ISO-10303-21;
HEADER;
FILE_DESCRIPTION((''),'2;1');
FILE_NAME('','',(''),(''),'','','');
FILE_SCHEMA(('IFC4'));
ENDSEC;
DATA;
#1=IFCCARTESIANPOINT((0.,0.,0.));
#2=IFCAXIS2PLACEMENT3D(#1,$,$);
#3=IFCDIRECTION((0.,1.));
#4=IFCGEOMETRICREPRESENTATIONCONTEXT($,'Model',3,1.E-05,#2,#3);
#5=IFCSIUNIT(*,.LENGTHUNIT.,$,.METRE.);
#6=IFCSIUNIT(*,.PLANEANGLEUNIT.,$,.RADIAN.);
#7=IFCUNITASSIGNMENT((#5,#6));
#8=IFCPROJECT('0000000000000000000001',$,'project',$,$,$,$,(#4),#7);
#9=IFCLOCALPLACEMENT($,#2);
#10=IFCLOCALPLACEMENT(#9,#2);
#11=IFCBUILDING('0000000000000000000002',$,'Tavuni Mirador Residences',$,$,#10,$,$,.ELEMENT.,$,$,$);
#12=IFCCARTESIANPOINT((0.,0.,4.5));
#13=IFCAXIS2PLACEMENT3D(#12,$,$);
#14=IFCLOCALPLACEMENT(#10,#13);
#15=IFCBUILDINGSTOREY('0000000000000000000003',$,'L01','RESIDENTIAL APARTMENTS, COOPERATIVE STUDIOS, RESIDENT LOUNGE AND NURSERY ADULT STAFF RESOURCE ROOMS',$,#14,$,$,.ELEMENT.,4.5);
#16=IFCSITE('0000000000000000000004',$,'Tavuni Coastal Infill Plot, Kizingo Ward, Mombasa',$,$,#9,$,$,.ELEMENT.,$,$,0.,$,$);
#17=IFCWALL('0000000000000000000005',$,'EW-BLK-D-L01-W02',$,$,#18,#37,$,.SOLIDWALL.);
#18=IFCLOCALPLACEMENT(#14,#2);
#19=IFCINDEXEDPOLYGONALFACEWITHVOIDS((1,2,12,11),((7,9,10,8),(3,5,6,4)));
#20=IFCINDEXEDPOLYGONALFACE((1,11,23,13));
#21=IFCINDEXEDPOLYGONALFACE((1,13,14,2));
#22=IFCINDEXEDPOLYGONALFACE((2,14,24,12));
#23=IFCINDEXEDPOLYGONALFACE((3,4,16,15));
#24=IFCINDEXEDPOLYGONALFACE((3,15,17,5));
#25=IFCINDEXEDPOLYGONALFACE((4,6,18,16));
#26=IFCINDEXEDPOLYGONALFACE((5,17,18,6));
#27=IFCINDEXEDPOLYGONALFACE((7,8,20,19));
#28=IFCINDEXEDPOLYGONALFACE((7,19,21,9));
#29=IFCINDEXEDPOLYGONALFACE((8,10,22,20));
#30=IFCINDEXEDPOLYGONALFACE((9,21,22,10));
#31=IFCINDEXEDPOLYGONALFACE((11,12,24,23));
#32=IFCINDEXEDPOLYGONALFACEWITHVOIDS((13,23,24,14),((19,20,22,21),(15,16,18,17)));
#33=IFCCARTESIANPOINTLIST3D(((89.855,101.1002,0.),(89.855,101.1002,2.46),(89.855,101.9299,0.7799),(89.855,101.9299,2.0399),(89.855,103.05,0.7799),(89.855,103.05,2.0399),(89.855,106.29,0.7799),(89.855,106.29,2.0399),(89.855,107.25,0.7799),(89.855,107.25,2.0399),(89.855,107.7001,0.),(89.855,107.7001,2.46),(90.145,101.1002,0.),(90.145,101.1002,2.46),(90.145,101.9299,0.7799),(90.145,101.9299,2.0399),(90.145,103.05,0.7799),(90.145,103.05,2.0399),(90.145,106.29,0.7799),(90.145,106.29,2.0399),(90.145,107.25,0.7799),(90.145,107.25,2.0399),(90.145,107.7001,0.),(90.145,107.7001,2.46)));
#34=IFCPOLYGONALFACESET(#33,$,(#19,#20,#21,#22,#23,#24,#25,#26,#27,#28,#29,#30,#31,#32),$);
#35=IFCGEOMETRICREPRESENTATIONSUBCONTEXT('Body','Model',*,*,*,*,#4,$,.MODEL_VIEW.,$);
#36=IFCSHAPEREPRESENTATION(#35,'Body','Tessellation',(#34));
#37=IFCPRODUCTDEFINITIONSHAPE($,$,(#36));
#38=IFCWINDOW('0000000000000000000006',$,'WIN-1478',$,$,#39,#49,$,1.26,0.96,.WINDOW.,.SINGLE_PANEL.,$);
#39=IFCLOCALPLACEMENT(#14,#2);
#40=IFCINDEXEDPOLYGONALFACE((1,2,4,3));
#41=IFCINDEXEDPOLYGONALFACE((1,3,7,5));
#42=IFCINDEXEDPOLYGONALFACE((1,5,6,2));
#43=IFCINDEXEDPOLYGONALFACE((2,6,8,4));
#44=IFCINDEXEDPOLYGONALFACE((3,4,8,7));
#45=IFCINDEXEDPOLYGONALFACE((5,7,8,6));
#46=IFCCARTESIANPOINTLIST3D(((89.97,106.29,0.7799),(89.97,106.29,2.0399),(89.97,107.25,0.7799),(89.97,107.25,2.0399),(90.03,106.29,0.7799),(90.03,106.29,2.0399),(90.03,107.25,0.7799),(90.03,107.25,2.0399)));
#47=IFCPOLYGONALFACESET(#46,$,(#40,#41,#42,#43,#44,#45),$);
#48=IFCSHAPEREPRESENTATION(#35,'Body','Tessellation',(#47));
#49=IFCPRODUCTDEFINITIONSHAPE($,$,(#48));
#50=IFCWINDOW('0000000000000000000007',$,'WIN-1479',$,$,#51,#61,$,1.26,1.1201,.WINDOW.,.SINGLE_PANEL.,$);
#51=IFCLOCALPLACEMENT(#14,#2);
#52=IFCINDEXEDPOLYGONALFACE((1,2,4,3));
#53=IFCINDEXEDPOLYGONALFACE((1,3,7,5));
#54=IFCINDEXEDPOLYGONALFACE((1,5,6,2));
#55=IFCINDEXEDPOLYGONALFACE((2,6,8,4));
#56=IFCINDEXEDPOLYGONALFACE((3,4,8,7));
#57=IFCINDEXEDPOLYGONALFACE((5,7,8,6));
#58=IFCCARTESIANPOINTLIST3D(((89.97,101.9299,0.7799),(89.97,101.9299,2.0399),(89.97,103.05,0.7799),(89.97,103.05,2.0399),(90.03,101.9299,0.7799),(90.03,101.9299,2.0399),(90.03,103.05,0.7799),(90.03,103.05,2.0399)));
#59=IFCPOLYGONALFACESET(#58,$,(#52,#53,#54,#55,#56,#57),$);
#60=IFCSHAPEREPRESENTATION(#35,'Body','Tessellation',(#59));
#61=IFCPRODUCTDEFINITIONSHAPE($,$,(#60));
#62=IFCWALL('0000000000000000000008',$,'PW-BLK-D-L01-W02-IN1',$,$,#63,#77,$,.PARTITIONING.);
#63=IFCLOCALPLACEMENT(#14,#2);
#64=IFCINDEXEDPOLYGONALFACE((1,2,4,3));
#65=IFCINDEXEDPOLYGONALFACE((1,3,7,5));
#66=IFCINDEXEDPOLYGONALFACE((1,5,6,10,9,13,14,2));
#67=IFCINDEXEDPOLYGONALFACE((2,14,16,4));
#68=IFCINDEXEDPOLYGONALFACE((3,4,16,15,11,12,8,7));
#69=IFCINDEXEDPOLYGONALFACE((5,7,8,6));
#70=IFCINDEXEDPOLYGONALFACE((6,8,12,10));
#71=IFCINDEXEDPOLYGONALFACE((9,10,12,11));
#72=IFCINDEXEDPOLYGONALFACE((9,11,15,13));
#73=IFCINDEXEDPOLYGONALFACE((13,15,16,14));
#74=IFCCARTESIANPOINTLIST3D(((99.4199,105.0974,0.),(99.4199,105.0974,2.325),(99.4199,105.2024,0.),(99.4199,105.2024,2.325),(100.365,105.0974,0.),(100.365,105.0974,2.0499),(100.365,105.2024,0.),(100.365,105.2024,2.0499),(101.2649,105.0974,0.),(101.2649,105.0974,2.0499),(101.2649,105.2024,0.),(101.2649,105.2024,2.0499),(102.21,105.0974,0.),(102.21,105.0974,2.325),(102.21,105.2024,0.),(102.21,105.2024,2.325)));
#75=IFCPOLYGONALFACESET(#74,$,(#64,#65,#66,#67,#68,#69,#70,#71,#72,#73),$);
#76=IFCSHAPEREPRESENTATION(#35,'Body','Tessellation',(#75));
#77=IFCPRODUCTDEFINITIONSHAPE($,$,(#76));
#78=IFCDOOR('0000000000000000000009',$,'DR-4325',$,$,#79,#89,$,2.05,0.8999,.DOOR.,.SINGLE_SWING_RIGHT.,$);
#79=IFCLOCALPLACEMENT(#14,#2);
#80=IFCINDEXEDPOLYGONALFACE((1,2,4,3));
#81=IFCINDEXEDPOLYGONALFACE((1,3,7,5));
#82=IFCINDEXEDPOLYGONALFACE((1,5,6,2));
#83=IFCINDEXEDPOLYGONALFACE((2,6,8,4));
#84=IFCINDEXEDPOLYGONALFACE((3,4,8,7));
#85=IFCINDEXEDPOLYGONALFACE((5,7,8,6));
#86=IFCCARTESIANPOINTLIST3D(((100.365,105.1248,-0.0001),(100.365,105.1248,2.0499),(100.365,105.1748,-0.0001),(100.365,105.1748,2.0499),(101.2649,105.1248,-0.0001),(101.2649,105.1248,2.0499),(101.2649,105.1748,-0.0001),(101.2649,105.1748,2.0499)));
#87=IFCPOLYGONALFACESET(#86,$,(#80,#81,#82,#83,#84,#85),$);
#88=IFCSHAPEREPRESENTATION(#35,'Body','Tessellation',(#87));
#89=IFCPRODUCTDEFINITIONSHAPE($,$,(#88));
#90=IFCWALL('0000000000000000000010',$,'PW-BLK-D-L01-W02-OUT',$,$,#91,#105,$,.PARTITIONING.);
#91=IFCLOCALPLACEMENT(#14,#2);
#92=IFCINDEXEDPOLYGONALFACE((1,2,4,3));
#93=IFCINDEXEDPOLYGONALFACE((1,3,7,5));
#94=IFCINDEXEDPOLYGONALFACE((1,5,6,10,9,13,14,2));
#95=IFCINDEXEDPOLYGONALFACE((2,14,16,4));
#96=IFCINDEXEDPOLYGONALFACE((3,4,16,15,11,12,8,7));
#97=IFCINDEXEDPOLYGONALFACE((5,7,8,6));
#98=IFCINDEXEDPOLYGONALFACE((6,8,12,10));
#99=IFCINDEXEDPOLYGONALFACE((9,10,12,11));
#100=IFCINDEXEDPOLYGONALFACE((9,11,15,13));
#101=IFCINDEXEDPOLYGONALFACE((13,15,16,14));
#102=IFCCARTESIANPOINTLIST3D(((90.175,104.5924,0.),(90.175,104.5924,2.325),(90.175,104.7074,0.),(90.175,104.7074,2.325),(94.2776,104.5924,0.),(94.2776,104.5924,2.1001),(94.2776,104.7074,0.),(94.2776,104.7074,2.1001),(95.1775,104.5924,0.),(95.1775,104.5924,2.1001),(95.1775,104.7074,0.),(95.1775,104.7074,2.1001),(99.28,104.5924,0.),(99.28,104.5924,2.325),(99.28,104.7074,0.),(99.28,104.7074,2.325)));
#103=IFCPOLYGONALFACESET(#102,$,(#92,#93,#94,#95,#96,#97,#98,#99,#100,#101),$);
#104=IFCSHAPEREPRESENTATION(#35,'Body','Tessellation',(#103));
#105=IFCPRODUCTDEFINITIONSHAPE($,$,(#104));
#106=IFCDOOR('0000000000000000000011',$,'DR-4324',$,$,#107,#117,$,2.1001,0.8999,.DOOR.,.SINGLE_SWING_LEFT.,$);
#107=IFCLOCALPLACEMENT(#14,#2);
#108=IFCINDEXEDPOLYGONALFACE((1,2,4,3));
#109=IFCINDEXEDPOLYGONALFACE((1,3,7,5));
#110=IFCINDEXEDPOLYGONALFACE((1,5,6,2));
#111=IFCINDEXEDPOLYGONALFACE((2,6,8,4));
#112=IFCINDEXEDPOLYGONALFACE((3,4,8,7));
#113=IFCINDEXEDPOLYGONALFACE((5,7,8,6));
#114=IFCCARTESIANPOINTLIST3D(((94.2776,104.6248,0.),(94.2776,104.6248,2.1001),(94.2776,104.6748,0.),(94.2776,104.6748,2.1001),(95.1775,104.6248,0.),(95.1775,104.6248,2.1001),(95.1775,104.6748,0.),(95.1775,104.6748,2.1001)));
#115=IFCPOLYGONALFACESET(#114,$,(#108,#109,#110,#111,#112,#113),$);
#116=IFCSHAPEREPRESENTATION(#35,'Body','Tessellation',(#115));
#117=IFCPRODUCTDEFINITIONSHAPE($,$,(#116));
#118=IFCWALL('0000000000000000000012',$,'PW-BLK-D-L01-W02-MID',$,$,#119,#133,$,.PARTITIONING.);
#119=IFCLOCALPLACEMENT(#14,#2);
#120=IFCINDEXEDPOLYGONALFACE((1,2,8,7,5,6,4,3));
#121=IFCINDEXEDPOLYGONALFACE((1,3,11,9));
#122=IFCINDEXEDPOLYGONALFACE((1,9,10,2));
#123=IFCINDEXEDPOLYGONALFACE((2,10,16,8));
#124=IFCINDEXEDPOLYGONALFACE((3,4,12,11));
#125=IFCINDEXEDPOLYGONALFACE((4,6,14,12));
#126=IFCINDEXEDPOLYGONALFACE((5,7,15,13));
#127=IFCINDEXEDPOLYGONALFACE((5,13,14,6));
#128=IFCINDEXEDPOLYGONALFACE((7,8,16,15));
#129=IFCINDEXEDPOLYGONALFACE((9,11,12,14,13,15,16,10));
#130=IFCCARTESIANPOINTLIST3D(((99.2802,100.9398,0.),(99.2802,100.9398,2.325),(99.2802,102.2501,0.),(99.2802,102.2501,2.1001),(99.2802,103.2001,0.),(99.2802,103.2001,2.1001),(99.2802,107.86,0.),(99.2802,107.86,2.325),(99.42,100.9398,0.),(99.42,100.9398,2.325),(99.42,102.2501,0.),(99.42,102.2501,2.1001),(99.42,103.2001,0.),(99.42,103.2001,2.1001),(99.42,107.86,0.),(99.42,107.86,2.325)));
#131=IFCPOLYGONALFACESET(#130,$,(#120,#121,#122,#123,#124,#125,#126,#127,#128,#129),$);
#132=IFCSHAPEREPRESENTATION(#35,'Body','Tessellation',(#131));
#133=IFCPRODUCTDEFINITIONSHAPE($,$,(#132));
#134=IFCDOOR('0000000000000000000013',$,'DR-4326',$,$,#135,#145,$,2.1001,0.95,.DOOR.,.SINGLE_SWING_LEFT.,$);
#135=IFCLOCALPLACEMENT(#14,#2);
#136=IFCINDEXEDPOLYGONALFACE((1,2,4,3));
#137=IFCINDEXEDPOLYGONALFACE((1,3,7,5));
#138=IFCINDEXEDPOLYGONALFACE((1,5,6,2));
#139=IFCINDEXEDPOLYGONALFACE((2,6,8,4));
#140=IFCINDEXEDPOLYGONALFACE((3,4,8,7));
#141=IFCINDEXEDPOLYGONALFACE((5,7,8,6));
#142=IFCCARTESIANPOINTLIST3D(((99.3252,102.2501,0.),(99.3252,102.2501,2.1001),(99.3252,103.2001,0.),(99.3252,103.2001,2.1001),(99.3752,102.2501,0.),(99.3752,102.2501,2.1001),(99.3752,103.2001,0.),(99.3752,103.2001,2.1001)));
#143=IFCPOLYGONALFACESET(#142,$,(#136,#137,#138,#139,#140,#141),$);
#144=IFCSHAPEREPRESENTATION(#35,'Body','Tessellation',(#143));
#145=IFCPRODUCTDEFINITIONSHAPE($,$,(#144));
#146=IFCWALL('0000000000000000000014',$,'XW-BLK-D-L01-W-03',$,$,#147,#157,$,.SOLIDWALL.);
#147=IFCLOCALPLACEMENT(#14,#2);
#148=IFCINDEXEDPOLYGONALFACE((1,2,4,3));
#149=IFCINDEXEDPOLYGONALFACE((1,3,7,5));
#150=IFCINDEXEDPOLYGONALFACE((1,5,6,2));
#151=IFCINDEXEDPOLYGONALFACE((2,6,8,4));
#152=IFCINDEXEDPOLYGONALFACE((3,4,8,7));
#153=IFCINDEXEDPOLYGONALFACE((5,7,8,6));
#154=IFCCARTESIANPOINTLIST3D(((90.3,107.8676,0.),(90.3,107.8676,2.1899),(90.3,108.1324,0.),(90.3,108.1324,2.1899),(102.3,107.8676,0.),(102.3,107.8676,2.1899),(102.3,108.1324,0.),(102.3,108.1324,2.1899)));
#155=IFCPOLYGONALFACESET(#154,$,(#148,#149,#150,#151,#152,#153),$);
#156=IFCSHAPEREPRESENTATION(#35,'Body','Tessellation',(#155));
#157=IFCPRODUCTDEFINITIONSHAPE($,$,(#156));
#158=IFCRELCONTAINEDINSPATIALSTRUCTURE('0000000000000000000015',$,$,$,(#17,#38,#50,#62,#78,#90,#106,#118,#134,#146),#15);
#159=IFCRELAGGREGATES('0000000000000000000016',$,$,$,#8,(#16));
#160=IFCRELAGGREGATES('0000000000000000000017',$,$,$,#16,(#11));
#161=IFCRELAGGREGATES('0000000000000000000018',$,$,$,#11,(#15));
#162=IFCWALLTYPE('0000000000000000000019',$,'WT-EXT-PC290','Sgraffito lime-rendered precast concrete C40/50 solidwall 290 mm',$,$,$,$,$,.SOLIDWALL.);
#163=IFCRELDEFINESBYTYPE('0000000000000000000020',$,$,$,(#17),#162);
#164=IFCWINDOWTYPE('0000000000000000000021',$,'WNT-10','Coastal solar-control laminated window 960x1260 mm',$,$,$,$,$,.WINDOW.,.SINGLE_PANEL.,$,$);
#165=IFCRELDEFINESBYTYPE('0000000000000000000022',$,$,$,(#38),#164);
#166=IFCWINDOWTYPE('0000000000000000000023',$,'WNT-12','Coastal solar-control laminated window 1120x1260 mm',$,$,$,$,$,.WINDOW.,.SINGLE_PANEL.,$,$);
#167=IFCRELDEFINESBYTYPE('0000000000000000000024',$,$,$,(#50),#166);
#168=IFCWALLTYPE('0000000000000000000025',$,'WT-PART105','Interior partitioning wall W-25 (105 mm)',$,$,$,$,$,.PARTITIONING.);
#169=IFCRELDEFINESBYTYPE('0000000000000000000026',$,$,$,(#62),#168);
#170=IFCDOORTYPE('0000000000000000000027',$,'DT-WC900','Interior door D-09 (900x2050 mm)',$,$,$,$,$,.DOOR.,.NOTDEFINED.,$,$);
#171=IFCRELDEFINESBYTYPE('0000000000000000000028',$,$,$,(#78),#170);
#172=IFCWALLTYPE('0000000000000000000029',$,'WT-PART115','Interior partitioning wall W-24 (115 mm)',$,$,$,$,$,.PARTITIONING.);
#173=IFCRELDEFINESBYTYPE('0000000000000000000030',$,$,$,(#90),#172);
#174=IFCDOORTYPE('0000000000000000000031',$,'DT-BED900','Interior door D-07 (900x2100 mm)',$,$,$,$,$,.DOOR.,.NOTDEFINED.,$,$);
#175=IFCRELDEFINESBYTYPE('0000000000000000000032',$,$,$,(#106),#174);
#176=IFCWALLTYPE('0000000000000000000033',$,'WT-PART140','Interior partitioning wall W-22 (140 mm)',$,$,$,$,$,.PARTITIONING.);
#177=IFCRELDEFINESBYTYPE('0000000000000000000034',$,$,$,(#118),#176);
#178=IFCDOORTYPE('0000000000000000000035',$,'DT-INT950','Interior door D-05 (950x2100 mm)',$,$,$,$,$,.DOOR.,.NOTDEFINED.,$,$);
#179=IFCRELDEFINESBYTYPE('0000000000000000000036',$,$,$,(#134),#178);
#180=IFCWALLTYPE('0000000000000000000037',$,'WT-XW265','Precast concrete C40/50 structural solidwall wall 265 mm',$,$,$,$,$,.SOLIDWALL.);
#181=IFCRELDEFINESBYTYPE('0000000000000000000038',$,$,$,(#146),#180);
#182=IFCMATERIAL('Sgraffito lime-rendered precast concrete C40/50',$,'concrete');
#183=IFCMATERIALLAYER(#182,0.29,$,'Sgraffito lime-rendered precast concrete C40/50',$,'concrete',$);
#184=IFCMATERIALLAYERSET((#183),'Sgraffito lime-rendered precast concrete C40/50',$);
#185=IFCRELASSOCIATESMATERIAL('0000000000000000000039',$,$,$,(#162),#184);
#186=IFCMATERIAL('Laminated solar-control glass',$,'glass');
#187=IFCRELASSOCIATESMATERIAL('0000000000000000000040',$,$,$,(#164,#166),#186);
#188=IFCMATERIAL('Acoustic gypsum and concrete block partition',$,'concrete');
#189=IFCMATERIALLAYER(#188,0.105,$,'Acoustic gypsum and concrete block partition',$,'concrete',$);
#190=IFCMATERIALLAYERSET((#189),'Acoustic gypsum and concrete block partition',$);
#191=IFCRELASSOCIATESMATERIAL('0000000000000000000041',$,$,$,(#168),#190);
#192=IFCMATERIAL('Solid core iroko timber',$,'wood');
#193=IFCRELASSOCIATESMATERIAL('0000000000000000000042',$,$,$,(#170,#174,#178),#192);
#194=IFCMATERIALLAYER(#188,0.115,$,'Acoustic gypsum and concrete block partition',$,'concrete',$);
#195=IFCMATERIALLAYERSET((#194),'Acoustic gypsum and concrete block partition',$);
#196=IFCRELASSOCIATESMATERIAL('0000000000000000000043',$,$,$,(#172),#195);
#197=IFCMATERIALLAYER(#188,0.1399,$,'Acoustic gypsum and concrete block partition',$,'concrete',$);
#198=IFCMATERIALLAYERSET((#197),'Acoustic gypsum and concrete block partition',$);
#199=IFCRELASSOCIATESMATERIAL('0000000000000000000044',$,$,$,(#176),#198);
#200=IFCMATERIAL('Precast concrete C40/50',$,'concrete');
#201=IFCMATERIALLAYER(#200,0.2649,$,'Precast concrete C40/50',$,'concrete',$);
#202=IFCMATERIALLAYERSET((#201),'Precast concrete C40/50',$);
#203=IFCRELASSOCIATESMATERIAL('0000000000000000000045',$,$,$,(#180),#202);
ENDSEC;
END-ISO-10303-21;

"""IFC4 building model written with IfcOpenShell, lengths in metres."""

from ifc_helpers import new_model, si_unit, direction, frame, frame_2d, origin, place, context, subcontext, project, spatial, rectangle, extrude, material, layer, layer_set, type_object, element, fill, save


model = new_model("IFC4")

# Units and contexts
model_context = context("Model", 3, precision=1e-05, world=origin(), true_north=direction((0.0, 1.0)))
body_context = subcontext(model_context, "Body", "Model", "MODEL_VIEW")
ifc_project = project(units=[si_unit("LENGTHUNIT", "METRE"), si_unit("PLANEANGLEUNIT", "RADIAN")], contexts=[model_context])

# Site, building, storey
site_placement = place(None, origin())
site = spatial("IfcSite", under=ifc_project, at=site_placement, Name="Tavuni Coastal Infill Plot, Kizingo Ward, Mombasa", CompositionType="ELEMENT", RefElevation=0.0)
building_placement = place(site_placement, origin())
building = spatial("IfcBuilding", under=site, at=building_placement, Name="Tavuni Mirador Residences", CompositionType="ELEMENT")
storey_placement = place(building_placement, frame((0.0, 0.0, 4.5)))
storey = spatial("IfcBuildingStorey", under=building, at=storey_placement, Name="L01", Description="RESIDENTIAL APARTMENTS, COOPERATIVE STUDIOS, RESIDENT LOUNGE AND NURSERY ADULT STAFF RESOURCE ROOMS", CompositionType="ELEMENT", Elevation=4.5)

# Shared definitions
ifc_material_1 = material(Name="Precast concrete C40/50", Category="concrete")

# Shared definitions
ifc_material_2 = material(Name="Solid core iroko timber", Category="wood")

# Wall, openings, windows
ifc_material_3 = material(Name="Sgraffito lime-rendered precast concrete C40/50", Category="concrete")
ifc_layer_1 = layer(ifc_material_3, 0.29, Name="Sgraffito lime-rendered precast concrete C40/50", Category="concrete")
ifc_layer_set_1 = layer_set([ifc_layer_1], Name="Sgraffito lime-rendered precast concrete C40/50")
wall_type_1 = type_object("IfcWallType", Name="WT-EXT-PC290", Description="Sgraffito lime-rendered precast concrete C40/50 solidwall 290 mm", PredefinedType="SOLIDWALL", material=ifc_layer_set_1)
wall_1_placement = place(storey_placement, frame((90.0, 107.7, 0.0), z_axis=(0.0, 0.0, 1.0), x_axis=(0.0, -1.0, 0.0)))
wall_1 = element("IfcWall", 1, at=wall_1_placement, inside=storey, type_object=wall_type_1, Name="EW-BLK-D-L01-W02", PredefinedType="SOLIDWALL", context=body_context, shape_type="SweptSolid", body=[
    extrude(rectangle(XDim=6.5999, YDim=0.29, at=frame_2d((3.2998, 0.0))), origin(), (0.0, 0.0, 1.0), 2.46),
])
opening_1_placement = place(wall_1_placement, frame((0.45, 0.0, 0.78)))
opening_1 = element("IfcOpeningElement", 2, at=opening_1_placement, cuts=wall_1, PredefinedType="OPENING", context=body_context, shape_type="SweptSolid", body=[
    extrude(rectangle(XDim=0.96, YDim=1.26, at=frame_2d((0.48, 0.6299))), frame((0.0, 0.155, 0.0), z_axis=(0.0, -1.0, 0.0), x_axis=(1.0, 0.0, 0.0)), (0.0, 0.0, 1.0), 0.3101),
])
opening_2_placement = place(wall_1_placement, frame((4.6499, 0.0, 0.78)))
opening_2 = element("IfcOpeningElement", 3, at=opening_2_placement, cuts=wall_1, PredefinedType="OPENING", context=body_context, shape_type="SweptSolid", body=[
    extrude(rectangle(XDim=1.1201, YDim=1.26, at=frame_2d((0.5601, 0.6299))), frame((0.0, 0.155, 0.0), z_axis=(0.0, -1.0, 0.0), x_axis=(1.0, 0.0, 0.0)), (0.0, 0.0, 1.0), 0.3101),
])
ifc_material_4 = material(Name="Laminated solar-control glass", Category="glass")
window_type_1 = type_object("IfcWindowType", Name="WNT-10", Description="Coastal solar-control laminated window 960x1260 mm", PartitioningType="SINGLE_PANEL", PredefinedType="WINDOW", material=ifc_material_4)
window_1_placement = place(opening_1_placement, origin())
window_1 = element("IfcWindow", 4, at=window_1_placement, inside=storey, type_object=window_type_1, Name="WIN-1478", OverallHeight=1.26, OverallWidth=0.96, PartitioningType="SINGLE_PANEL", PredefinedType="WINDOW", context=body_context, shape_type="SweptSolid", body=[
    extrude(rectangle(XDim=0.96, YDim=1.26, at=frame_2d((0.48, 0.6299))), frame((0.0, 0.03, 0.0), z_axis=(0.0, -1.0, 0.0), x_axis=(1.0, 0.0, 0.0)), (0.0, 0.0, 1.0), 0.0601),
])
fill(opening_1, window_1)
window_type_2 = type_object("IfcWindowType", Name="WNT-12", Description="Coastal solar-control laminated window 1120x1260 mm", PartitioningType="SINGLE_PANEL", PredefinedType="WINDOW", material=ifc_material_4)
window_2_placement = place(opening_2_placement, origin())
window_2 = element("IfcWindow", 5, at=window_2_placement, inside=storey, type_object=window_type_2, Name="WIN-1479", OverallHeight=1.26, OverallWidth=1.1201, PartitioningType="SINGLE_PANEL", PredefinedType="WINDOW", context=body_context, shape_type="SweptSolid", body=[
    extrude(rectangle(XDim=1.1201, YDim=1.26, at=frame_2d((0.5601, 0.6299))), frame((0.0, 0.03, 0.0), z_axis=(0.0, -1.0, 0.0), x_axis=(1.0, 0.0, 0.0)), (0.0, 0.0, 1.0), 0.0601),
])
fill(opening_2, window_2)

# Walls, openings, doors
ifc_material_5 = material(Name="Acoustic gypsum and concrete block partition", Category="concrete")
ifc_layer_2 = layer(ifc_material_5, 0.105, Name="Acoustic gypsum and concrete block partition", Category="concrete")
ifc_layer_set_2 = layer_set([ifc_layer_2], Name="Acoustic gypsum and concrete block partition")
wall_type_2 = type_object("IfcWallType", Name="WT-PART105", Description="Interior partitioning wall W-25 (105 mm)", PredefinedType="PARTITIONING", material=ifc_layer_set_2)
wall_2_placement = place(storey_placement, frame((99.4199, 105.1499, 0.0), z_axis=(0.0, 0.0, 1.0), x_axis=(1.0, 0.0, 0.0)))
wall_2 = element("IfcWall", 6, at=wall_2_placement, inside=storey, type_object=wall_type_2, Name="PW-BLK-D-L01-W02-IN1", PredefinedType="PARTITIONING", context=body_context, shape_type="SweptSolid", body=[
    extrude(rectangle(XDim=2.79, YDim=0.105, at=frame_2d((1.395, 0.0))), origin(), (0.0, 0.0, 1.0), 2.325),
])
opening_3_placement = place(wall_2_placement, frame((0.9451, 0.0, 0.0)))
opening_3 = element("IfcOpeningElement", 7, at=opening_3_placement, cuts=wall_2, PredefinedType="OPENING", context=body_context, shape_type="SweptSolid", body=[
    extrude(rectangle(XDim=0.8999, YDim=2.05, at=frame_2d((0.45, 1.0249))), frame((0.0, 0.0625, 0.0), z_axis=(0.0, -1.0, 0.0), x_axis=(1.0, 0.0, 0.0)), (0.0, 0.0, 1.0), 0.125),
])
door_type_1 = type_object("IfcDoorType", Name="DT-WC900", Description="Interior door D-09 (900x2050 mm)", OperationType="NOTDEFINED", PredefinedType="DOOR", material=ifc_material_2)
door_1_placement = place(opening_3_placement, origin())
door_1 = element("IfcDoor", 8, at=door_1_placement, inside=storey, type_object=door_type_1, Name="DR-4325", OperationType="SINGLE_SWING_RIGHT", OverallHeight=2.05, OverallWidth=0.8999, PredefinedType="DOOR", context=body_context, shape_type="SweptSolid", body=[
    extrude(rectangle(XDim=0.8999, YDim=2.05, at=frame_2d((0.45, 1.0249))), frame((0.0, 0.0249, 0.0), z_axis=(0.0, -1.0, 0.0), x_axis=(1.0, 0.0, 0.0)), (0.0, 0.0, 1.0), 0.05),
])
fill(opening_3, door_1)
ifc_layer_3 = layer(ifc_material_5, 0.115, Name="Acoustic gypsum and concrete block partition", Category="concrete")
ifc_layer_set_3 = layer_set([ifc_layer_3], Name="Acoustic gypsum and concrete block partition")
wall_type_3 = type_object("IfcWallType", Name="WT-PART115", Description="Interior partitioning wall W-24 (115 mm)", PredefinedType="PARTITIONING", material=ifc_layer_set_3)
wall_3_placement = place(storey_placement, frame((90.175, 104.6499, 0.0), z_axis=(0.0, 0.0, 1.0), x_axis=(1.0, 0.0, 0.0)))
wall_3 = element("IfcWall", 9, at=wall_3_placement, inside=storey, type_object=wall_type_3, Name="PW-BLK-D-L01-W02-OUT", PredefinedType="PARTITIONING", context=body_context, shape_type="SweptSolid", body=[
    extrude(rectangle(XDim=9.105, YDim=0.115, at=frame_2d((4.5525, 0.0))), origin(), (0.0, 0.0, 1.0), 2.325),
])
opening_4_placement = place(wall_3_placement, frame((4.1025, 0.0, 0.0)))
opening_4 = element("IfcOpeningElement", 10, at=opening_4_placement, cuts=wall_3, PredefinedType="OPENING", context=body_context, shape_type="SweptSolid", body=[
    extrude(rectangle(XDim=0.8999, YDim=2.1001, at=frame_2d((0.45, 1.05))), frame((0.0, 0.0674, 0.0), z_axis=(0.0, -1.0, 0.0), x_axis=(1.0, 0.0, 0.0)), (0.0, 0.0, 1.0), 0.135),
])
door_type_2 = type_object("IfcDoorType", Name="DT-BED900", Description="Interior door D-07 (900x2100 mm)", OperationType="NOTDEFINED", PredefinedType="DOOR", material=ifc_material_2)
door_2_placement = place(opening_4_placement, origin())
door_2 = element("IfcDoor", 11, at=door_2_placement, inside=storey, type_object=door_type_2, Name="DR-4324", OperationType="SINGLE_SWING_LEFT", OverallHeight=2.1001, OverallWidth=0.8999, PredefinedType="DOOR", context=body_context, shape_type="SweptSolid", body=[
    extrude(rectangle(XDim=0.8999, YDim=2.1001, at=frame_2d((0.45, 1.05))), frame((0.0, 0.0249, 0.0), z_axis=(0.0, -1.0, 0.0), x_axis=(1.0, 0.0, 0.0)), (0.0, 0.0, 1.0), 0.05),
])
fill(opening_4, door_2)
ifc_layer_4 = layer(ifc_material_5, 0.1399, Name="Acoustic gypsum and concrete block partition", Category="concrete")
ifc_layer_set_4 = layer_set([ifc_layer_4], Name="Acoustic gypsum and concrete block partition")
wall_type_4 = type_object("IfcWallType", Name="WT-PART140", Description="Interior partitioning wall W-22 (140 mm)", PredefinedType="PARTITIONING", material=ifc_layer_set_4)
wall_4_placement = place(storey_placement, frame((99.3501, 100.9399, 0.0), z_axis=(0.0, 0.0, 1.0), x_axis=(0.0, 1.0, 0.0)))
wall_4 = element("IfcWall", 12, at=wall_4_placement, inside=storey, type_object=wall_type_4, Name="PW-BLK-D-L01-W02-MID", PredefinedType="PARTITIONING", context=body_context, shape_type="SweptSolid", body=[
    extrude(rectangle(XDim=6.9202, YDim=0.1399, at=frame_2d((3.46, 0.0))), origin(), (0.0, 0.0, 1.0), 2.325),
])
opening_5_placement = place(wall_4_placement, frame((1.3101, 0.0, 0.0)))
opening_5 = element("IfcOpeningElement", 13, at=opening_5_placement, cuts=wall_4, PredefinedType="OPENING", context=body_context, shape_type="SweptSolid", body=[
    extrude(rectangle(XDim=0.95, YDim=2.1001, at=frame_2d((0.4751, 1.05))), frame((0.0, 0.0801, 0.0), z_axis=(0.0, -1.0, 0.0), x_axis=(1.0, 0.0, 0.0)), (0.0, 0.0, 1.0), 0.1599),
])
door_type_3 = type_object("IfcDoorType", Name="DT-INT950", Description="Interior door D-05 (950x2100 mm)", OperationType="NOTDEFINED", PredefinedType="DOOR", material=ifc_material_2)
door_3_placement = place(opening_5_placement, origin())
door_3 = element("IfcDoor", 14, at=door_3_placement, inside=storey, type_object=door_type_3, Name="DR-4326", OperationType="SINGLE_SWING_LEFT", OverallHeight=2.1001, OverallWidth=0.95, PredefinedType="DOOR", context=body_context, shape_type="SweptSolid", body=[
    extrude(rectangle(XDim=0.95, YDim=2.1001, at=frame_2d((0.4751, 1.05))), frame((0.0, 0.0249, 0.0), z_axis=(0.0, -1.0, 0.0), x_axis=(1.0, 0.0, 0.0)), (0.0, 0.0, 1.0), 0.05),
])
fill(opening_5, door_3)

# Wall
ifc_layer_5 = layer(ifc_material_1, 0.2649, Name="Precast concrete C40/50", Category="concrete")
ifc_layer_set_5 = layer_set([ifc_layer_5], Name="Precast concrete C40/50")
wall_type_5 = type_object("IfcWallType", Name="WT-XW265", Description="Precast concrete C40/50 structural solidwall wall 265 mm", PredefinedType="SOLIDWALL", material=ifc_layer_set_5)
wall_5_placement = place(storey_placement, frame((90.3, 108.0, 0.0), z_axis=(0.0, 0.0, 1.0), x_axis=(1.0, 0.0, 0.0)))
element("IfcWall", 15, at=wall_5_placement, inside=storey, type_object=wall_type_5, Name="XW-BLK-D-L01-W-03", PredefinedType="SOLIDWALL", context=body_context, shape_type="SweptSolid", body=[
    extrude(rectangle(XDim=12.0, YDim=0.2649, at=frame_2d((6.0, 0.0))), origin(), (0.0, 0.0, 1.0), 2.1899),
])

save(model, "model.ifc")
